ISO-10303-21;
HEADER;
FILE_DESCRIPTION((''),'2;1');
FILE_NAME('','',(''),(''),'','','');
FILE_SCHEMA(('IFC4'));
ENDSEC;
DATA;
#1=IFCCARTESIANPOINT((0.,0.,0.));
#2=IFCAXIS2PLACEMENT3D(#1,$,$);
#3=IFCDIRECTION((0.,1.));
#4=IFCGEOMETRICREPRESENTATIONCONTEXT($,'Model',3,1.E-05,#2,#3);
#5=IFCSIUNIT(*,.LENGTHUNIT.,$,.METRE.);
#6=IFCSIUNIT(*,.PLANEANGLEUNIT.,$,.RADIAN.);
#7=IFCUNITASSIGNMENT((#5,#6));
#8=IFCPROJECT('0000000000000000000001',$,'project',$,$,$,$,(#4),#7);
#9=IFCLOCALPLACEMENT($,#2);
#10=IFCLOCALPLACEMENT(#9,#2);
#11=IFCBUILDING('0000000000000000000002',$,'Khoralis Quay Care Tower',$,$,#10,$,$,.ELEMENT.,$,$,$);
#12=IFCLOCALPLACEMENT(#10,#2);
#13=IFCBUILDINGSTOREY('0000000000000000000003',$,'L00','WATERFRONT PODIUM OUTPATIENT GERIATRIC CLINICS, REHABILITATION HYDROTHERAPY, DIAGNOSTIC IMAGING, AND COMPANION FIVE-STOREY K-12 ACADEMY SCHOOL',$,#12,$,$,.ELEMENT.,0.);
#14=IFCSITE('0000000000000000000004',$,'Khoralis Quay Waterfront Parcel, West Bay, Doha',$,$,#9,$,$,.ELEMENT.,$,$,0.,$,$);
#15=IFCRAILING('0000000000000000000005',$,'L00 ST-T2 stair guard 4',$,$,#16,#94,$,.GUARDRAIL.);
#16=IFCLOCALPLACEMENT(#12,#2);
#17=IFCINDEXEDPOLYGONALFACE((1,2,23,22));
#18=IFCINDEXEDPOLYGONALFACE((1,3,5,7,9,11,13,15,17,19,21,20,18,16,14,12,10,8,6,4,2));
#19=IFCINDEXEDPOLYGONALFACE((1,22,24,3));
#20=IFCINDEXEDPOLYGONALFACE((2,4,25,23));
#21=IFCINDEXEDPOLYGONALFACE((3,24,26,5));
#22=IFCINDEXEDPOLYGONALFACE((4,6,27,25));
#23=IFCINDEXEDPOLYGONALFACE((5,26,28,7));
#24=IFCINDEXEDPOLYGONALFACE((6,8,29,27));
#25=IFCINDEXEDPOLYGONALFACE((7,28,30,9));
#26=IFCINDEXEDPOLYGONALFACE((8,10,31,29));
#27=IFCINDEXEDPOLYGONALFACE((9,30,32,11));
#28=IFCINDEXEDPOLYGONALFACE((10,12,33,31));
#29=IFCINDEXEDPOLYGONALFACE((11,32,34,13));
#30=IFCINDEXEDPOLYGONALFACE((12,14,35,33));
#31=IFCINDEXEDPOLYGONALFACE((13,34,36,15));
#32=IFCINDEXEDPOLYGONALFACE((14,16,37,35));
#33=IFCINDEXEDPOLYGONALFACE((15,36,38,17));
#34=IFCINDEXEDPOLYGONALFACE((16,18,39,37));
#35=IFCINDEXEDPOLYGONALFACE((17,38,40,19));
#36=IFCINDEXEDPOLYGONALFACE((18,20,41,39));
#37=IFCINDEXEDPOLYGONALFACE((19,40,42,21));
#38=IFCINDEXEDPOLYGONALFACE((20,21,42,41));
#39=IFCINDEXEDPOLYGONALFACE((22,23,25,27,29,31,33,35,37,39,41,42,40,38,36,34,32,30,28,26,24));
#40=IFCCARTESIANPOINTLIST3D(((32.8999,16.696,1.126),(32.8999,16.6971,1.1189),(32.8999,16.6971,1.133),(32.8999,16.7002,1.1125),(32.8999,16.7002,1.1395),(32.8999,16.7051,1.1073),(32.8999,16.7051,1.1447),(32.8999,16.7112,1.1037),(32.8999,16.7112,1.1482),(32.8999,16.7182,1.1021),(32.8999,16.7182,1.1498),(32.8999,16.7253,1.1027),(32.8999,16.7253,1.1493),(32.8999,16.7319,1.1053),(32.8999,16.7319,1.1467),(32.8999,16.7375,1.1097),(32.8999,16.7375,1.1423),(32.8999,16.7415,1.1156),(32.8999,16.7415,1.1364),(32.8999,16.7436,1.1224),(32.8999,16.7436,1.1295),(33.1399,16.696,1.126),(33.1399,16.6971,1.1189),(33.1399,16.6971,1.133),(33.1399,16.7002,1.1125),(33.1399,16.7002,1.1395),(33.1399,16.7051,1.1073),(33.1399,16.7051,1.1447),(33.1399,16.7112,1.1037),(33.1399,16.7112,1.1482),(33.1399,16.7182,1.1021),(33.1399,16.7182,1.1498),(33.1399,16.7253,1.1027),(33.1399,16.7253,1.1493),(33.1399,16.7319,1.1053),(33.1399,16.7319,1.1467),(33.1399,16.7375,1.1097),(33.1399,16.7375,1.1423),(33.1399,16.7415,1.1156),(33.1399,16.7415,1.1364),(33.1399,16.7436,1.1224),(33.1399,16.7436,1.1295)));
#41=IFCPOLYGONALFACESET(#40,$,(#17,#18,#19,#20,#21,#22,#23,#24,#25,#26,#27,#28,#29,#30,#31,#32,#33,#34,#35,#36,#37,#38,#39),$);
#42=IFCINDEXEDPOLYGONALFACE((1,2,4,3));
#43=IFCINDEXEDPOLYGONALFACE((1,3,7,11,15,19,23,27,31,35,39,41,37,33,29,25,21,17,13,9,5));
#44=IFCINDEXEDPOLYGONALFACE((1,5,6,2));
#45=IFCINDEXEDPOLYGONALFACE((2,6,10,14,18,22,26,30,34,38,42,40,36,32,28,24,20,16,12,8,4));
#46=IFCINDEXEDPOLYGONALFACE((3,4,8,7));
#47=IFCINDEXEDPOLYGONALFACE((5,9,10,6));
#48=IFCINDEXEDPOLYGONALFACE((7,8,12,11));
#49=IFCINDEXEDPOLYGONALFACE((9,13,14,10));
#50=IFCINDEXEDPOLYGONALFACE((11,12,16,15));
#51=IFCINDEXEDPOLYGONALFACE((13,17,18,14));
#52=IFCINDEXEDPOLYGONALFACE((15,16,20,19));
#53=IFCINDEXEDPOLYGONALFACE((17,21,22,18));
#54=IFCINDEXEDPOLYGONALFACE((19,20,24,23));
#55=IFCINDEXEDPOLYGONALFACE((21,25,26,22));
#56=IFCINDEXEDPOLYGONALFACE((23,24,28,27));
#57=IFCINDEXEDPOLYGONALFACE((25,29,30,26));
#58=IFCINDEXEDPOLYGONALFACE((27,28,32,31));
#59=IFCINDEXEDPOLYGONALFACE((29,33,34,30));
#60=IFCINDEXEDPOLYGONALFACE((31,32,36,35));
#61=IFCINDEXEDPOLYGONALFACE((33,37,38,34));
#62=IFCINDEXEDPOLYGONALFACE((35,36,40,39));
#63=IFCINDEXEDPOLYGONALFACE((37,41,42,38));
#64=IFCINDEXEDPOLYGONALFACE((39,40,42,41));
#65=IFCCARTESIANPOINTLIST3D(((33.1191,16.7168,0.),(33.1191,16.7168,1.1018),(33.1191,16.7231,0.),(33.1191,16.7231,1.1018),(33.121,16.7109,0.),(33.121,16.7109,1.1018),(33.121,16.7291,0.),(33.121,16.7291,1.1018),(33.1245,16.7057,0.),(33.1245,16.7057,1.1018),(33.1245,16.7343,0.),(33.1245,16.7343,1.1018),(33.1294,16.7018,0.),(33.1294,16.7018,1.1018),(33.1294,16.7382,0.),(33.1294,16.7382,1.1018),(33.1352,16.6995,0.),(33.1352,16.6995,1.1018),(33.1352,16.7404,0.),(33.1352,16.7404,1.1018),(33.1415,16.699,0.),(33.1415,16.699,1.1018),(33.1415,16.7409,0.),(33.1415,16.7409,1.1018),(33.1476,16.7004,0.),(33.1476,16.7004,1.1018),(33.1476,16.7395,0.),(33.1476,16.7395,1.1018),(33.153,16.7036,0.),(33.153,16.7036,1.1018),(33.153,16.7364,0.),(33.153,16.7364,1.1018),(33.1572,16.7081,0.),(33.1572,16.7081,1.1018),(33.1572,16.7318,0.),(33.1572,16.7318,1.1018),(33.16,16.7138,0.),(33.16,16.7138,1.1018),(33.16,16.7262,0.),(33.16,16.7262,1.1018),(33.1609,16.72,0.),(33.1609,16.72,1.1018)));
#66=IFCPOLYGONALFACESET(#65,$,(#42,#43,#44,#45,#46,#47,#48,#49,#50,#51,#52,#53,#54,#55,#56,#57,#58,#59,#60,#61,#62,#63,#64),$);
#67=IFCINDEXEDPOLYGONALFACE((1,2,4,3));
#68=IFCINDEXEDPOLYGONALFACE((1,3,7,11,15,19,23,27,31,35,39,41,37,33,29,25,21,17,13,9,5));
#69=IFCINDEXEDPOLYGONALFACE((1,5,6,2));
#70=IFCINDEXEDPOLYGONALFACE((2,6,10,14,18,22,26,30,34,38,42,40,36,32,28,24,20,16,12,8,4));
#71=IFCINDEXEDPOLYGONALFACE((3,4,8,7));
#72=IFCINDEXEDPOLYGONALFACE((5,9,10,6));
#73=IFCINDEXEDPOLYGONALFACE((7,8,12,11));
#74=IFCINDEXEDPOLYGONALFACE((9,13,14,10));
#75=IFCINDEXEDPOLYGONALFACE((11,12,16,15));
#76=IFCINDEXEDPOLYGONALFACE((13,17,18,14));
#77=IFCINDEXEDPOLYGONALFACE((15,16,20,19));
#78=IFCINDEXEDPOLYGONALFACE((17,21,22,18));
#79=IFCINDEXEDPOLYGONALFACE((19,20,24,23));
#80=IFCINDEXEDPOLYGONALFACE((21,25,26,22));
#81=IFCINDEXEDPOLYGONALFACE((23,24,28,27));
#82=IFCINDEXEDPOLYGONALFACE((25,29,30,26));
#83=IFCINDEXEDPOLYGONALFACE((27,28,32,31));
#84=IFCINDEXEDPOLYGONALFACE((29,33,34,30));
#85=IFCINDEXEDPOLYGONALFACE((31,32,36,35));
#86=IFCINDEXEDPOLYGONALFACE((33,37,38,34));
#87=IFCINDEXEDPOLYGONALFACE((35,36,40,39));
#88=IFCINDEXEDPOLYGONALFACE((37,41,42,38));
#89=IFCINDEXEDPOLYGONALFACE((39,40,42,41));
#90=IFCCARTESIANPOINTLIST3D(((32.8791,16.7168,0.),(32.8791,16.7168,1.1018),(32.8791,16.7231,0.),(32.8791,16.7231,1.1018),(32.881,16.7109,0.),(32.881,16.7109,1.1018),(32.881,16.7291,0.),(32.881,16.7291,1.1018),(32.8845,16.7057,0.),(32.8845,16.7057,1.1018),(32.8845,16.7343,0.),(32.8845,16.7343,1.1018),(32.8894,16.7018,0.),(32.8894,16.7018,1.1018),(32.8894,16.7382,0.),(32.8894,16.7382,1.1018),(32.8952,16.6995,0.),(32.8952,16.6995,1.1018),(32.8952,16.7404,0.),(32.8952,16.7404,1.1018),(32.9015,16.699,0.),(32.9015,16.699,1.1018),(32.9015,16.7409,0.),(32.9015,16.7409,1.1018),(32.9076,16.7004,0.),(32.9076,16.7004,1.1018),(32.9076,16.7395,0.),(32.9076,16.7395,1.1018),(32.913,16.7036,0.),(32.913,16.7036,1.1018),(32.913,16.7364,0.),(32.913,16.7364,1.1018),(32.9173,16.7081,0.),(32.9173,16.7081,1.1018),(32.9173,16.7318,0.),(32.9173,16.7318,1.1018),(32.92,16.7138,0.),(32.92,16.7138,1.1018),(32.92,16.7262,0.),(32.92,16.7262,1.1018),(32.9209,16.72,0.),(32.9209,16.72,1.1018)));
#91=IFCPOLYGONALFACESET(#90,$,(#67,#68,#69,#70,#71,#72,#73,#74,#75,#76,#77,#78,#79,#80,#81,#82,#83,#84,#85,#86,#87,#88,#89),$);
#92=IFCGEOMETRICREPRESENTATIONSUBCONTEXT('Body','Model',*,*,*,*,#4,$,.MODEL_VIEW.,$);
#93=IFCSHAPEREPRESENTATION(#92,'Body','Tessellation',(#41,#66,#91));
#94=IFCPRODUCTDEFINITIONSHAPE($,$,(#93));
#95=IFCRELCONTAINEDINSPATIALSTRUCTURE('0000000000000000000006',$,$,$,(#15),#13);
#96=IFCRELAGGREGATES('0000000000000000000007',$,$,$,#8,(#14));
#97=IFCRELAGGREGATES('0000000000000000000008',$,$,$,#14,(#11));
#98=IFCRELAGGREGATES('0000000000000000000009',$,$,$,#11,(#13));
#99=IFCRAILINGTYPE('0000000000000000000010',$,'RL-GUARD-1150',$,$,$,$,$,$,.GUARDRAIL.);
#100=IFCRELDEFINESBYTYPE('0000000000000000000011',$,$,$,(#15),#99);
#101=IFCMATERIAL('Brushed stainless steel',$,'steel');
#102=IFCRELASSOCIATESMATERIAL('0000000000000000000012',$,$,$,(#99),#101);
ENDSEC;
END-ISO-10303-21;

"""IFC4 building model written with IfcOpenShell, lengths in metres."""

from ifc_helpers import new_model, si_unit, direction, frame, origin, origin_2d, place, context, subcontext, project, spatial, circle, extrude, material, type_object, element, save


model = new_model("IFC4")

# Units and contexts
model_context = context("Model", 3, precision=1e-05, world=origin(), true_north=direction((0.0, 1.0)))
body_context = subcontext(model_context, "Body", "Model", "MODEL_VIEW")
ifc_project = project(units=[si_unit("LENGTHUNIT", "METRE"), si_unit("PLANEANGLEUNIT", "RADIAN")], contexts=[model_context])

# Site, building, storey
site_placement = place(None, origin())
site = spatial("IfcSite", under=ifc_project, at=site_placement, Name="Khoralis Quay Waterfront Parcel, West Bay, Doha", CompositionType="ELEMENT", RefElevation=0.0)
building_placement = place(site_placement, origin())
building = spatial("IfcBuilding", under=site, at=building_placement, Name="Khoralis Quay Care Tower", CompositionType="ELEMENT")
storey_placement = place(building_placement, origin())
storey = spatial("IfcBuildingStorey", under=building, at=storey_placement, Name="L00", Description="WATERFRONT PODIUM OUTPATIENT GERIATRIC CLINICS, REHABILITATION HYDROTHERAPY, DIAGNOSTIC IMAGING, AND COMPANION FIVE-STOREY K-12 ACADEMY SCHOOL", CompositionType="ELEMENT", Elevation=0.0)

# Shared definitions
ifc_material_1 = material(Name="Brushed stainless steel", Category="steel")

# Railing
railing_type_1 = type_object("IfcRailingType", Name="RL-GUARD-1150", PredefinedType="GUARDRAIL", material=ifc_material_1)
railing_1_placement = place(storey_placement, frame((33.1399, 16.72, 0.0)))
element("IfcRailing", 1, at=railing_1_placement, inside=storey, type_object=railing_type_1, Name="L00 ST-T2 stair guard 4", PredefinedType="GUARDRAIL", context=body_context, shape_type="SweptSolid", body=[
    extrude(circle(Radius=0.0239, at=origin_2d()), frame((0.0, 0.0, 1.126), z_axis=(-1.0, 0.0, 0.0), x_axis=(0.0, -1.0, 0.0)), (0.0, 0.0, 1.0), 0.24),
    extrude(circle(Radius=0.021, at=origin_2d()), origin(), (0.0, 0.0, 1.0), 1.1018),
    extrude(circle(Radius=0.021, at=origin_2d()), frame((-0.24, 0.0, 0.0)), (0.0, 0.0, 1.0), 1.1018),
])

save(model, "model.ifc")
